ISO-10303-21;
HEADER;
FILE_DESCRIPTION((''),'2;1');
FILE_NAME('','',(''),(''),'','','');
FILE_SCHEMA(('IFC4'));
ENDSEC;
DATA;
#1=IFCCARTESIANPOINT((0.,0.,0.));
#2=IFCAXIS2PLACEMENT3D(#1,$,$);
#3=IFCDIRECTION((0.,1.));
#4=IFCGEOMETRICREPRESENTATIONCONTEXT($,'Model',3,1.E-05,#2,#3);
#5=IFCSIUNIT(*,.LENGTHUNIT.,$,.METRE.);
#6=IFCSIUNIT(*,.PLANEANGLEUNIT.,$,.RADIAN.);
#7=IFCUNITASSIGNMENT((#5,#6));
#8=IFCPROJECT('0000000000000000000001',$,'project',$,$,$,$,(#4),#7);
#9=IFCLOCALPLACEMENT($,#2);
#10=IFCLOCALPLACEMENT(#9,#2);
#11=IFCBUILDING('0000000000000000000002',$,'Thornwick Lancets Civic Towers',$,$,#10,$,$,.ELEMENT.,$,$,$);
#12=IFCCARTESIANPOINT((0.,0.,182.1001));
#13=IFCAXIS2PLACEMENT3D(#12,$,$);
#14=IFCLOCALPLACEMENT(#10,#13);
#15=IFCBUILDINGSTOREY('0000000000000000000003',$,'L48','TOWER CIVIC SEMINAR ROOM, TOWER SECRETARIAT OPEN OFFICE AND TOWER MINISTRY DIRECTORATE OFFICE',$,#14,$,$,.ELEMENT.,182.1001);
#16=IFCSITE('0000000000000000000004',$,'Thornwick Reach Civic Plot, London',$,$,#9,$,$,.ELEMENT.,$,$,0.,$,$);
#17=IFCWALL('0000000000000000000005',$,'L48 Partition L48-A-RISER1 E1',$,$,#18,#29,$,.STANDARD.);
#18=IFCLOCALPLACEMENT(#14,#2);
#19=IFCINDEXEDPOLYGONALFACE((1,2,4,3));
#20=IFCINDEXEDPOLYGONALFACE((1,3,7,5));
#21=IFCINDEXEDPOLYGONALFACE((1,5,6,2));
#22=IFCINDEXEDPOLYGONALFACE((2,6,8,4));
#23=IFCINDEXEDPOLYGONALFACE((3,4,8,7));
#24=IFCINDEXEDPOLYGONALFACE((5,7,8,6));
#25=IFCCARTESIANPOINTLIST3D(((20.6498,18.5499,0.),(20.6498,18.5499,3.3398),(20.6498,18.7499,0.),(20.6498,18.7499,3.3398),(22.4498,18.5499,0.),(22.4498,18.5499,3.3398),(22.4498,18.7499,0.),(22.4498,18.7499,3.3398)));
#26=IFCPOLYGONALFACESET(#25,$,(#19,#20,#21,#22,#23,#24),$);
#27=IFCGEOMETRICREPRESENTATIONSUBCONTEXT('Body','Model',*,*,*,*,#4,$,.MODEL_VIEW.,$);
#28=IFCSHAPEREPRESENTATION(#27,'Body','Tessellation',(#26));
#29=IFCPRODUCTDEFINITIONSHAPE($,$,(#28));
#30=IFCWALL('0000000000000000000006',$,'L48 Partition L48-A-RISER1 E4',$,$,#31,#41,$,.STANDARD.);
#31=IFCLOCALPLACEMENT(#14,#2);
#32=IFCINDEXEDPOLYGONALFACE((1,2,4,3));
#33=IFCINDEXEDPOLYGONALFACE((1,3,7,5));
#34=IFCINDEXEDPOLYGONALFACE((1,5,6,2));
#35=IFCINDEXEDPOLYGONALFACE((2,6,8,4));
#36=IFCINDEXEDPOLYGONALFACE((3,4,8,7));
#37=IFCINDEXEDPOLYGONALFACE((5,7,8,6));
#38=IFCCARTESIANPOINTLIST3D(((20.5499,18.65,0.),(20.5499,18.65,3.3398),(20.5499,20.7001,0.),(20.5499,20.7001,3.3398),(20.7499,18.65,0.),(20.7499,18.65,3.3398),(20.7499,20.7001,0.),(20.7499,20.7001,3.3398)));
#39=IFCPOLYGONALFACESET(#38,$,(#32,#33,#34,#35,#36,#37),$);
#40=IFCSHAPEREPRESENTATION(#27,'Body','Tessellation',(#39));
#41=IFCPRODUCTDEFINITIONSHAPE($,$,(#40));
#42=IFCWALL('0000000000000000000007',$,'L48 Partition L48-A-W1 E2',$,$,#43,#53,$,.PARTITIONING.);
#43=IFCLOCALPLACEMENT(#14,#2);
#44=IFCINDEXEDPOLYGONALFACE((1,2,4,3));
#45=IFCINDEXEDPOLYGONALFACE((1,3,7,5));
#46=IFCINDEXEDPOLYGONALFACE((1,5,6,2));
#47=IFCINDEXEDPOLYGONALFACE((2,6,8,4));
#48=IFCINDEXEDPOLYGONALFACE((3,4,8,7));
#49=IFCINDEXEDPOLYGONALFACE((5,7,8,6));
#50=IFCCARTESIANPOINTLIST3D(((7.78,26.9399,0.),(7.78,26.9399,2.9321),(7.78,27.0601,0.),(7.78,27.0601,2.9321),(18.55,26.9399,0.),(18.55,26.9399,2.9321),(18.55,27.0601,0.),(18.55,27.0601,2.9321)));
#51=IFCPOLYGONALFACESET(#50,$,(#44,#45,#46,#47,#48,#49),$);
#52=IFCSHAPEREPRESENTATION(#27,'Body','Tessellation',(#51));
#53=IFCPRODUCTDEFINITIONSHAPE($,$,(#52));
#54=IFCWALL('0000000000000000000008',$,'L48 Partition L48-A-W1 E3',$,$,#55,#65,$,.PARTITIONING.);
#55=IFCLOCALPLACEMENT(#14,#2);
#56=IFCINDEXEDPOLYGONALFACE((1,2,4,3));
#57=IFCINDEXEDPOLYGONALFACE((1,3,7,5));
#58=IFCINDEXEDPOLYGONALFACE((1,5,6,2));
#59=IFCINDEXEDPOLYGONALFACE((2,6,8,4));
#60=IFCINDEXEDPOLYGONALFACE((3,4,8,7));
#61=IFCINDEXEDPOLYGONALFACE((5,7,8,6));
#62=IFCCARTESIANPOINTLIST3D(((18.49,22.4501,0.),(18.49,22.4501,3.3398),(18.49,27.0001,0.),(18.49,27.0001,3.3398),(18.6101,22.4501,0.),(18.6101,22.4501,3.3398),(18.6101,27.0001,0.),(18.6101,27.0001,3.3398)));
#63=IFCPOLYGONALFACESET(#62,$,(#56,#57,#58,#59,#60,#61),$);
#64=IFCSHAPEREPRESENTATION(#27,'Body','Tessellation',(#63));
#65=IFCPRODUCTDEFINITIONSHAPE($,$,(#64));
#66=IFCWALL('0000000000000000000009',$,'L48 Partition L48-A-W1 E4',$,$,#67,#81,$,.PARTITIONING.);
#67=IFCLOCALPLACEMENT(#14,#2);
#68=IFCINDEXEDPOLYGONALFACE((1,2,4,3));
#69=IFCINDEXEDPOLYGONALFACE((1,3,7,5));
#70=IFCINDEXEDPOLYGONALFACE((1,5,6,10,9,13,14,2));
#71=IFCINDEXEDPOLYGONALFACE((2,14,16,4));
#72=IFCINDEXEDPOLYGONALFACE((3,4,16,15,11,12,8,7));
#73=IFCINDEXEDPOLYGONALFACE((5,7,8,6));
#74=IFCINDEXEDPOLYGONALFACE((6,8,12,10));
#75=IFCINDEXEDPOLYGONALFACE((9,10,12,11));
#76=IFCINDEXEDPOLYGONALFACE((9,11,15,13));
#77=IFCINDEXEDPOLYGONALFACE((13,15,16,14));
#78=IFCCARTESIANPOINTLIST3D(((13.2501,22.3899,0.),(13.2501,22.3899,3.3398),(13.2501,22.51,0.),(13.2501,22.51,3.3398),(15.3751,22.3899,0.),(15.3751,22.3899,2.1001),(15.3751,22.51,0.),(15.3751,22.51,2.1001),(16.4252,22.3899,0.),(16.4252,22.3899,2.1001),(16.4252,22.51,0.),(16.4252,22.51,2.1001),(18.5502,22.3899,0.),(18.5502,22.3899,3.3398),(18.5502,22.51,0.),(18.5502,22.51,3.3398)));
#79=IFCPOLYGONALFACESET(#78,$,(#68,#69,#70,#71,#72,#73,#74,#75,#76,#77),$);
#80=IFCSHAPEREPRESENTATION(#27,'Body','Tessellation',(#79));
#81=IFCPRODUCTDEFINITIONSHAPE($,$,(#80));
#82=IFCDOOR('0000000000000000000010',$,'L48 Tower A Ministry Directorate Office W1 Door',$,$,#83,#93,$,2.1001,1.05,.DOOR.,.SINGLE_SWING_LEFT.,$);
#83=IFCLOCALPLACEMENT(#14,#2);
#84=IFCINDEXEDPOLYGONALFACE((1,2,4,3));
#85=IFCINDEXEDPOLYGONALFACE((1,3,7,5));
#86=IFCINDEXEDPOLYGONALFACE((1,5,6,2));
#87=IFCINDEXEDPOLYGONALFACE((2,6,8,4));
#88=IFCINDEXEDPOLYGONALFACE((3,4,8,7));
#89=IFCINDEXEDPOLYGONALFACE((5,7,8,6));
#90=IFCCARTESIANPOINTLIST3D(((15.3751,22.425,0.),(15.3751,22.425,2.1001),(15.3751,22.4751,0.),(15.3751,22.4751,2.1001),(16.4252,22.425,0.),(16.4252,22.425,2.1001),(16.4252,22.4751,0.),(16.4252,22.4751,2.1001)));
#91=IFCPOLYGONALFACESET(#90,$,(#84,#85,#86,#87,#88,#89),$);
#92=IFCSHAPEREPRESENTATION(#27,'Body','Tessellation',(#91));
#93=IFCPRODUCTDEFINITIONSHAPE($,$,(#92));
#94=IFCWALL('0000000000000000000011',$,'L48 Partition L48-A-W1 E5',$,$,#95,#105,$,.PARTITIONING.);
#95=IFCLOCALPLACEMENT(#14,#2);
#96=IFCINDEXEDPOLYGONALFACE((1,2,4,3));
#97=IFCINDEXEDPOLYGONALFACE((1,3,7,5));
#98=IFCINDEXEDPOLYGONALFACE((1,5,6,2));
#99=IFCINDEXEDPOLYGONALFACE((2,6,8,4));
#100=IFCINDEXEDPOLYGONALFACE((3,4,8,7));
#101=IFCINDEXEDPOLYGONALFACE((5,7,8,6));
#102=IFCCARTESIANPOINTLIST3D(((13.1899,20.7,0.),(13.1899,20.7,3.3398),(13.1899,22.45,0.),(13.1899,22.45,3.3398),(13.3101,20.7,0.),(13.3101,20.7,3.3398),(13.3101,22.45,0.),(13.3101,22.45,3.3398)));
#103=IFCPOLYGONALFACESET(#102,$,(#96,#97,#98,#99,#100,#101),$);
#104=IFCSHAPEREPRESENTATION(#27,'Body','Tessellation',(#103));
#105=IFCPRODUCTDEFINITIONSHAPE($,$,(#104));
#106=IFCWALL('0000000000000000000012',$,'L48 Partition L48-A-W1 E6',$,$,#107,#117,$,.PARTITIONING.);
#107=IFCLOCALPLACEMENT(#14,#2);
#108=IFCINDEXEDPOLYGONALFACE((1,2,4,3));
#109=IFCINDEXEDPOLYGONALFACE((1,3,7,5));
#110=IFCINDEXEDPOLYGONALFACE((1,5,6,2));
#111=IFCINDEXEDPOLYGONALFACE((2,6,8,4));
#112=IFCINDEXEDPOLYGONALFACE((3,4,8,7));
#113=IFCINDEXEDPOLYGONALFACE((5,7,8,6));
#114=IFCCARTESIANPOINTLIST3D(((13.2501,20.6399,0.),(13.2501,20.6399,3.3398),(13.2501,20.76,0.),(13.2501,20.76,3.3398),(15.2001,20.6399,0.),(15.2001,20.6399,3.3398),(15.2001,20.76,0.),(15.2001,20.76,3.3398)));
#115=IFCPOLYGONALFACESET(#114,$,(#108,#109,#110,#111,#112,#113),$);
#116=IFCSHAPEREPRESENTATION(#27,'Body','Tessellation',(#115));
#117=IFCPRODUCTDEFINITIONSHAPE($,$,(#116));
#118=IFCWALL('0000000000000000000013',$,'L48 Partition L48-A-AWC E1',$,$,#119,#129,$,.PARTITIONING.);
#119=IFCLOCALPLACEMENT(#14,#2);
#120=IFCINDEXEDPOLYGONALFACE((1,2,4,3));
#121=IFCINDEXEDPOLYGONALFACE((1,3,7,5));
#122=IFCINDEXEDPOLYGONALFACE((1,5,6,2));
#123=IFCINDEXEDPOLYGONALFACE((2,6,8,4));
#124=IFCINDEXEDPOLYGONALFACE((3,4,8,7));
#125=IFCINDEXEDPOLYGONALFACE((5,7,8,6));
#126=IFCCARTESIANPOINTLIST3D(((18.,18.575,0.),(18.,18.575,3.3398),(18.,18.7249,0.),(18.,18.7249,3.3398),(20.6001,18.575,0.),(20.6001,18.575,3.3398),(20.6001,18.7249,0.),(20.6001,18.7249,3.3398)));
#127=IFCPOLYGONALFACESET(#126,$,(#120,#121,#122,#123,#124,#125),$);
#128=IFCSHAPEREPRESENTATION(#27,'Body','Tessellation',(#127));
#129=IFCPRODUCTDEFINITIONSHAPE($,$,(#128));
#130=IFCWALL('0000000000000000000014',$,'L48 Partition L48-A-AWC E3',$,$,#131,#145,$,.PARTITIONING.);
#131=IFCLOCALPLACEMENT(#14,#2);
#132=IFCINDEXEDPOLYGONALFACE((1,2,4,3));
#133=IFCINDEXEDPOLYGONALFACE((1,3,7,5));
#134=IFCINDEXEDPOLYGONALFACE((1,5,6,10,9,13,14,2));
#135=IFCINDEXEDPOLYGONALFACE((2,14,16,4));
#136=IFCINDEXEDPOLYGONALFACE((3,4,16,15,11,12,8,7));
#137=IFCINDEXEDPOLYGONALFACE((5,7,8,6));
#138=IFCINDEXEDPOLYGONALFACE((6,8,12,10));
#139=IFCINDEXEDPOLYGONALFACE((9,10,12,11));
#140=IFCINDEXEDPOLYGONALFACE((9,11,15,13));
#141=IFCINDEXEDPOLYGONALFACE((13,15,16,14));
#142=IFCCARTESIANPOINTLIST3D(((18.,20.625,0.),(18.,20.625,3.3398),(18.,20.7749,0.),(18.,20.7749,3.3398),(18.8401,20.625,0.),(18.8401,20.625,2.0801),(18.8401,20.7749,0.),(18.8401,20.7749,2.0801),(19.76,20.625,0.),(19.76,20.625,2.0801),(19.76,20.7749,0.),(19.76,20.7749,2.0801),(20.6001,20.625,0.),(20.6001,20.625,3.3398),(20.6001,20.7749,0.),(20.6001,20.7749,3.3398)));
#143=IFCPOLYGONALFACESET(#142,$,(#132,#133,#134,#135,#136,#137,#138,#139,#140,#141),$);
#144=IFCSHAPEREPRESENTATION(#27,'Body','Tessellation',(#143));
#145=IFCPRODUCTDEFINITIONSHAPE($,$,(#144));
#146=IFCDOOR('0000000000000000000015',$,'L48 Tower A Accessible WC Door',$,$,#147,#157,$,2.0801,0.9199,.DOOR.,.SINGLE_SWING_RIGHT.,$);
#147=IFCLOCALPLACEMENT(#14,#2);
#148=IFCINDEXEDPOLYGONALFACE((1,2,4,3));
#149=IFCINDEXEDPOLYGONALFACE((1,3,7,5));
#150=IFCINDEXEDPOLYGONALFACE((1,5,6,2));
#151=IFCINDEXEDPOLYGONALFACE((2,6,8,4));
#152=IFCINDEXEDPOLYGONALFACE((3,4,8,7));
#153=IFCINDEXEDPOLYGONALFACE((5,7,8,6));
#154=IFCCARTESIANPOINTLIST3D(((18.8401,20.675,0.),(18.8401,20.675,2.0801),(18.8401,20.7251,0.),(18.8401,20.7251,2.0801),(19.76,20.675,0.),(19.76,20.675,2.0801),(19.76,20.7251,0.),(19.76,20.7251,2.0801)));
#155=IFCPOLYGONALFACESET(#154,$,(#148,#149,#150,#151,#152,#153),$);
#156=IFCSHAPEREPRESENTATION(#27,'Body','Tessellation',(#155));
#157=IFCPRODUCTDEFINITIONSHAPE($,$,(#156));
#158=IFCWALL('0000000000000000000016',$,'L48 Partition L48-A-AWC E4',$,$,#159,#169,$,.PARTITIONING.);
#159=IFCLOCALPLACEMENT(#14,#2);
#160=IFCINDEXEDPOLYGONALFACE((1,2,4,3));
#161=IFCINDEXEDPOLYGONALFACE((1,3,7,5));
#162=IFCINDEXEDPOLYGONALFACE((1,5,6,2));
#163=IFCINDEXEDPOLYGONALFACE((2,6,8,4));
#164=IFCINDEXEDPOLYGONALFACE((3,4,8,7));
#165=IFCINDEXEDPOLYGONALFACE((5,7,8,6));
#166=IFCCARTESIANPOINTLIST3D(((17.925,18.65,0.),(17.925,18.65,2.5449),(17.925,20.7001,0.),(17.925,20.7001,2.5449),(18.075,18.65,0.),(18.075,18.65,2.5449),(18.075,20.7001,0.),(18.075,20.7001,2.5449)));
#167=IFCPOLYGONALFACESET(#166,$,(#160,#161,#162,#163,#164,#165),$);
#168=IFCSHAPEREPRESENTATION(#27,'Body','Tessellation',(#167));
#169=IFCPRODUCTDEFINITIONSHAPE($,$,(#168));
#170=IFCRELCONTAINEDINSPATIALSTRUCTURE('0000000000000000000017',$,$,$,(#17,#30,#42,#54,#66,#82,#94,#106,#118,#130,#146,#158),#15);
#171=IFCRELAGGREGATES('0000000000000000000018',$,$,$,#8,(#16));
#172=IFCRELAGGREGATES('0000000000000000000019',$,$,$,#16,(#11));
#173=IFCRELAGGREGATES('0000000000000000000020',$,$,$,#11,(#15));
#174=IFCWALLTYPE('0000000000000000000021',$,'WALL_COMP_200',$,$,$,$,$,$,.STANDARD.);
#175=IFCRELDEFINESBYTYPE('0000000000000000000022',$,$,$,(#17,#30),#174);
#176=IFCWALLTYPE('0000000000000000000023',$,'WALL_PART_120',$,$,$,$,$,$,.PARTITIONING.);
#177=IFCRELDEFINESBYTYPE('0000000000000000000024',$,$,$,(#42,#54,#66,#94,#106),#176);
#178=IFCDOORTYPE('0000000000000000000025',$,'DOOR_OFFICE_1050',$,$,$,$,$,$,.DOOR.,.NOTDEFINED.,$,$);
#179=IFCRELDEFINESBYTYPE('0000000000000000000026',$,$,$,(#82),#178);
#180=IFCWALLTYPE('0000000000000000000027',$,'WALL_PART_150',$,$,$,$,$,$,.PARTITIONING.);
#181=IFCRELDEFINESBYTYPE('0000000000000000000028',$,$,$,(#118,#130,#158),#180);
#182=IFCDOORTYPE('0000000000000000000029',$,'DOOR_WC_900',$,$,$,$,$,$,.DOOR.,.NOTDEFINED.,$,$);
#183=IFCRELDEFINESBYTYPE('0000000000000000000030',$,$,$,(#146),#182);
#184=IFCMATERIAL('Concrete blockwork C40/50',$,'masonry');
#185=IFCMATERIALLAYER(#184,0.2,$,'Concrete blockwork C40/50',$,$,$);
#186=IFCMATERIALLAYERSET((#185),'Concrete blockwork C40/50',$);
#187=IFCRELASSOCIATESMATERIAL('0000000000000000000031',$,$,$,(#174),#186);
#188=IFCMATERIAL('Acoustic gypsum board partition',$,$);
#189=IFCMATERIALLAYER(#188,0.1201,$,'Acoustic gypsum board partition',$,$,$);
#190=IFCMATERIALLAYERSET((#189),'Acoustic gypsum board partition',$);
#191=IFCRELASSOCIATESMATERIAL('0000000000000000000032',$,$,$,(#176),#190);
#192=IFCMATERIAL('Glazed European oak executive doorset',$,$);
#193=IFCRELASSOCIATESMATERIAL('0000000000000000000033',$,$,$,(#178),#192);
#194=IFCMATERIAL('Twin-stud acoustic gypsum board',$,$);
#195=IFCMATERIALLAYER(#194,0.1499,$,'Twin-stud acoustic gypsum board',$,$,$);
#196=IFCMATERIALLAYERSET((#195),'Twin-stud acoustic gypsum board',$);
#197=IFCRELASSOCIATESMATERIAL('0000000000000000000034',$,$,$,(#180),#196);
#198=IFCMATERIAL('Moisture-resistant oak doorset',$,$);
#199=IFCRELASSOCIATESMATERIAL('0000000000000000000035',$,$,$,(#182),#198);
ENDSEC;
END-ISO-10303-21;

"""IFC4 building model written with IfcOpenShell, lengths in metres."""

from ifc_helpers import new_model, si_unit, direction, frame, frame_2d, origin, place, context, subcontext, project, spatial, rectangle, extrude, material, layer, layer_set, type_object, element, fill, save


model = new_model("IFC4")

# Units and contexts
model_context = context("Model", 3, precision=1e-05, world=origin(), true_north=direction((0.0, 1.0)))
body_context = subcontext(model_context, "Body", "Model", "MODEL_VIEW")
ifc_project = project(units=[si_unit("LENGTHUNIT", "METRE"), si_unit("PLANEANGLEUNIT", "RADIAN")], contexts=[model_context])

# Site, building, storey
site_placement = place(None, origin())
site = spatial("IfcSite", under=ifc_project, at=site_placement, Name="Thornwick Reach Civic Plot, London", CompositionType="ELEMENT", RefElevation=0.0)
building_placement = place(site_placement, origin())
building = spatial("IfcBuilding", under=site, at=building_placement, Name="Thornwick Lancets Civic Towers", CompositionType="ELEMENT")
storey_placement = place(building_placement, frame((0.0, 0.0, 182.1001)))
storey = spatial("IfcBuildingStorey", under=building, at=storey_placement, Name="L48", Description="TOWER CIVIC SEMINAR ROOM, TOWER SECRETARIAT OPEN OFFICE AND TOWER MINISTRY DIRECTORATE OFFICE", CompositionType="ELEMENT", Elevation=182.1001)

# Shared definitions
ifc_material_1 = material(Name="Concrete blockwork C40/50", Category="masonry")
ifc_layer_1 = layer(ifc_material_1, 0.2, Name="Concrete blockwork C40/50")
ifc_layer_set_1 = layer_set([ifc_layer_1], Name="Concrete blockwork C40/50")
wall_type_1 = type_object("IfcWallType", Name="WALL_COMP_200", PredefinedType="STANDARD", material=ifc_layer_set_1)

# Walls
wall_1_placement = place(storey_placement, frame((20.6499, 18.6499, 0.0), z_axis=(0.0, 0.0, 1.0), x_axis=(1.0, 0.0, 0.0)))
element("IfcWall", 1, at=wall_1_placement, inside=storey, type_object=wall_type_1, Name="L48 Partition L48-A-RISER1 E1", PredefinedType="STANDARD", context=body_context, shape_type="SweptSolid", body=[
    extrude(rectangle(XDim=1.8, YDim=0.2, at=frame_2d((0.8999, 0.0))), origin(), (0.0, 0.0, 1.0), 3.3398),
])
wall_2_placement = place(storey_placement, frame((20.6499, 20.7, 0.0), z_axis=(0.0, 0.0, 1.0), x_axis=(0.0, -1.0, 0.0)))
element("IfcWall", 2, at=wall_2_placement, inside=storey, type_object=wall_type_1, Name="L48 Partition L48-A-RISER1 E4", PredefinedType="STANDARD", context=body_context, shape_type="SweptSolid", body=[
    extrude(rectangle(XDim=2.05, YDim=0.2, at=frame_2d((1.0249, 0.0))), origin(), (0.0, 0.0, 1.0), 3.3398),
])
ifc_material_2 = material(Name="Acoustic gypsum board partition")
ifc_layer_2 = layer(ifc_material_2, 0.1201, Name="Acoustic gypsum board partition")
ifc_layer_set_2 = layer_set([ifc_layer_2], Name="Acoustic gypsum board partition")
wall_type_2 = type_object("IfcWallType", Name="WALL_PART_120", PredefinedType="PARTITIONING", material=ifc_layer_set_2)
wall_3_placement = place(storey_placement, frame((7.78, 27.0, 0.0), z_axis=(0.0, 0.0, 1.0), x_axis=(1.0, 0.0, 0.0)))
element("IfcWall", 3, at=wall_3_placement, inside=storey, type_object=wall_type_2, Name="L48 Partition L48-A-W1 E2", PredefinedType="PARTITIONING", context=body_context, shape_type="SweptSolid", body=[
    extrude(rectangle(XDim=10.77, YDim=0.1201, at=frame_2d((5.385, 0.0))), origin(), (0.0, 0.0, 1.0), 2.9321),
])
wall_4_placement = place(storey_placement, frame((18.55, 27.0, 0.0), z_axis=(0.0, 0.0, 1.0), x_axis=(0.0, -1.0, 0.0)))
element("IfcWall", 4, at=wall_4_placement, inside=storey, type_object=wall_type_2, Name="L48 Partition L48-A-W1 E3", PredefinedType="PARTITIONING", context=body_context, shape_type="SweptSolid", body=[
    extrude(rectangle(XDim=4.55, YDim=0.1201, at=frame_2d((2.2749, 0.0))), origin(), (0.0, 0.0, 1.0), 3.3398),
])

# Wall, opening, door
wall_5_placement = place(storey_placement, frame((18.55, 22.45, 0.0), z_axis=(0.0, 0.0, 1.0), x_axis=(-1.0, 0.0, 0.0)))
wall_5 = element("IfcWall", 5, at=wall_5_placement, inside=storey, type_object=wall_type_2, Name="L48 Partition L48-A-W1 E4", PredefinedType="PARTITIONING", context=body_context, shape_type="SweptSolid", body=[
    extrude(rectangle(XDim=5.3, YDim=0.1201, at=frame_2d((2.6499, 0.0))), origin(), (0.0, 0.0, 1.0), 3.3398),
])
opening_1_placement = place(wall_5_placement, frame((2.125, 0.0, 0.0)))
opening_1 = element("IfcOpeningElement", 6, at=opening_1_placement, cuts=wall_5, PredefinedType="OPENING", context=body_context, shape_type="SweptSolid", body=[
    extrude(rectangle(XDim=1.05, YDim=2.1001, at=frame_2d((0.5249, 1.05))), frame((0.0, 0.0701, 0.0), z_axis=(0.0, -1.0, 0.0), x_axis=(1.0, 0.0, 0.0)), (0.0, 0.0, 1.0), 0.1401),
])
ifc_material_3 = material(Name="Glazed European oak executive doorset")
door_type_1 = type_object("IfcDoorType", Name="DOOR_OFFICE_1050", OperationType="NOTDEFINED", PredefinedType="DOOR", material=ifc_material_3)
door_1_placement = place(opening_1_placement, origin())
door_1 = element("IfcDoor", 7, at=door_1_placement, inside=storey, type_object=door_type_1, Name="L48 Tower A Ministry Directorate Office W1 Door", OperationType="SINGLE_SWING_LEFT", OverallHeight=2.1001, OverallWidth=1.05, PredefinedType="DOOR", context=body_context, shape_type="SweptSolid", body=[
    extrude(rectangle(XDim=1.05, YDim=2.1001, at=frame_2d((0.5249, 1.05))), frame((0.0, 0.0249, 0.0), z_axis=(0.0, -1.0, 0.0), x_axis=(1.0, 0.0, 0.0)), (0.0, 0.0, 1.0), 0.05),
])
fill(opening_1, door_1)

# Walls
wall_6_placement = place(storey_placement, frame((13.25, 22.45, 0.0), z_axis=(0.0, 0.0, 1.0), x_axis=(0.0, -1.0, 0.0)))
element("IfcWall", 8, at=wall_6_placement, inside=storey, type_object=wall_type_2, Name="L48 Partition L48-A-W1 E5", PredefinedType="PARTITIONING", context=body_context, shape_type="SweptSolid", body=[
    extrude(rectangle(XDim=1.75, YDim=0.1201, at=frame_2d((0.875, 0.0))), origin(), (0.0, 0.0, 1.0), 3.3398),
])
wall_7_placement = place(storey_placement, frame((13.25, 20.7, 0.0), z_axis=(0.0, 0.0, 1.0), x_axis=(1.0, 0.0, 0.0)))
element("IfcWall", 9, at=wall_7_placement, inside=storey, type_object=wall_type_2, Name="L48 Partition L48-A-W1 E6", PredefinedType="PARTITIONING", context=body_context, shape_type="SweptSolid", body=[
    extrude(rectangle(XDim=1.95, YDim=0.1201, at=frame_2d((0.9751, 0.0))), origin(), (0.0, 0.0, 1.0), 3.3398),
])
ifc_material_4 = material(Name="Twin-stud acoustic gypsum board")
ifc_layer_3 = layer(ifc_material_4, 0.1499, Name="Twin-stud acoustic gypsum board")
ifc_layer_set_3 = layer_set([ifc_layer_3], Name="Twin-stud acoustic gypsum board")
wall_type_3 = type_object("IfcWallType", Name="WALL_PART_150", PredefinedType="PARTITIONING", material=ifc_layer_set_3)
wall_8_placement = place(storey_placement, frame((18.0, 18.6499, 0.0), z_axis=(0.0, 0.0, 1.0), x_axis=(1.0, 0.0, 0.0)))
element("IfcWall", 10, at=wall_8_placement, inside=storey, type_object=wall_type_3, Name="L48 Partition L48-A-AWC E1", PredefinedType="PARTITIONING", context=body_context, shape_type="SweptSolid", body=[
    extrude(rectangle(XDim=2.6001, YDim=0.1499, at=frame_2d((1.3, 0.0))), origin(), (0.0, 0.0, 1.0), 3.3398),
])

# Wall, opening, door
wall_9_placement = place(storey_placement, frame((20.6001, 20.7, 0.0), z_axis=(0.0, 0.0, 1.0), x_axis=(-1.0, 0.0, 0.0)))
wall_9 = element("IfcWall", 11, at=wall_9_placement, inside=storey, type_object=wall_type_3, Name="L48 Partition L48-A-AWC E3", PredefinedType="PARTITIONING", context=body_context, shape_type="SweptSolid", body=[
    extrude(rectangle(XDim=2.6001, YDim=0.1499, at=frame_2d((1.3, 0.0))), origin(), (0.0, 0.0, 1.0), 3.3398),
])
opening_2_placement = place(wall_9_placement, frame((0.8401, 0.0, 0.0)))
opening_2 = element("IfcOpeningElement", 12, at=opening_2_placement, cuts=wall_9, PredefinedType="OPENING", context=body_context, shape_type="SweptSolid", body=[
    extrude(rectangle(XDim=0.9199, YDim=2.0801, at=frame_2d((0.46, 1.04))), frame((0.0, 0.085, 0.0), z_axis=(0.0, -1.0, 0.0), x_axis=(1.0, 0.0, 0.0)), (0.0, 0.0, 1.0), 0.1699),
])
ifc_material_5 = material(Name="Moisture-resistant oak doorset")
door_type_2 = type_object("IfcDoorType", Name="DOOR_WC_900", OperationType="NOTDEFINED", PredefinedType="DOOR", material=ifc_material_5)
door_2_placement = place(opening_2_placement, origin())
door_2 = element("IfcDoor", 13, at=door_2_placement, inside=storey, type_object=door_type_2, Name="L48 Tower A Accessible WC Door", OperationType="SINGLE_SWING_RIGHT", OverallHeight=2.0801, OverallWidth=0.9199, PredefinedType="DOOR", context=body_context, shape_type="SweptSolid", body=[
    extrude(rectangle(XDim=0.9199, YDim=2.0801, at=frame_2d((0.46, 1.04))), frame((0.0, 0.0249, 0.0), z_axis=(0.0, -1.0, 0.0), x_axis=(1.0, 0.0, 0.0)), (0.0, 0.0, 1.0), 0.05),
])
fill(opening_2, door_2)

# Wall
wall_10_placement = place(storey_placement, frame((18.0, 20.7, 0.0), z_axis=(0.0, 0.0, 1.0), x_axis=(0.0, -1.0, 0.0)))
element("IfcWall", 14, at=wall_10_placement, inside=storey, type_object=wall_type_3, Name="L48 Partition L48-A-AWC E4", PredefinedType="PARTITIONING", context=body_context, shape_type="SweptSolid", body=[
    extrude(rectangle(XDim=2.05, YDim=0.1499, at=frame_2d((1.0249, 0.0))), origin(), (0.0, 0.0, 1.0), 2.5449),
])

save(model, "model.ifc")
